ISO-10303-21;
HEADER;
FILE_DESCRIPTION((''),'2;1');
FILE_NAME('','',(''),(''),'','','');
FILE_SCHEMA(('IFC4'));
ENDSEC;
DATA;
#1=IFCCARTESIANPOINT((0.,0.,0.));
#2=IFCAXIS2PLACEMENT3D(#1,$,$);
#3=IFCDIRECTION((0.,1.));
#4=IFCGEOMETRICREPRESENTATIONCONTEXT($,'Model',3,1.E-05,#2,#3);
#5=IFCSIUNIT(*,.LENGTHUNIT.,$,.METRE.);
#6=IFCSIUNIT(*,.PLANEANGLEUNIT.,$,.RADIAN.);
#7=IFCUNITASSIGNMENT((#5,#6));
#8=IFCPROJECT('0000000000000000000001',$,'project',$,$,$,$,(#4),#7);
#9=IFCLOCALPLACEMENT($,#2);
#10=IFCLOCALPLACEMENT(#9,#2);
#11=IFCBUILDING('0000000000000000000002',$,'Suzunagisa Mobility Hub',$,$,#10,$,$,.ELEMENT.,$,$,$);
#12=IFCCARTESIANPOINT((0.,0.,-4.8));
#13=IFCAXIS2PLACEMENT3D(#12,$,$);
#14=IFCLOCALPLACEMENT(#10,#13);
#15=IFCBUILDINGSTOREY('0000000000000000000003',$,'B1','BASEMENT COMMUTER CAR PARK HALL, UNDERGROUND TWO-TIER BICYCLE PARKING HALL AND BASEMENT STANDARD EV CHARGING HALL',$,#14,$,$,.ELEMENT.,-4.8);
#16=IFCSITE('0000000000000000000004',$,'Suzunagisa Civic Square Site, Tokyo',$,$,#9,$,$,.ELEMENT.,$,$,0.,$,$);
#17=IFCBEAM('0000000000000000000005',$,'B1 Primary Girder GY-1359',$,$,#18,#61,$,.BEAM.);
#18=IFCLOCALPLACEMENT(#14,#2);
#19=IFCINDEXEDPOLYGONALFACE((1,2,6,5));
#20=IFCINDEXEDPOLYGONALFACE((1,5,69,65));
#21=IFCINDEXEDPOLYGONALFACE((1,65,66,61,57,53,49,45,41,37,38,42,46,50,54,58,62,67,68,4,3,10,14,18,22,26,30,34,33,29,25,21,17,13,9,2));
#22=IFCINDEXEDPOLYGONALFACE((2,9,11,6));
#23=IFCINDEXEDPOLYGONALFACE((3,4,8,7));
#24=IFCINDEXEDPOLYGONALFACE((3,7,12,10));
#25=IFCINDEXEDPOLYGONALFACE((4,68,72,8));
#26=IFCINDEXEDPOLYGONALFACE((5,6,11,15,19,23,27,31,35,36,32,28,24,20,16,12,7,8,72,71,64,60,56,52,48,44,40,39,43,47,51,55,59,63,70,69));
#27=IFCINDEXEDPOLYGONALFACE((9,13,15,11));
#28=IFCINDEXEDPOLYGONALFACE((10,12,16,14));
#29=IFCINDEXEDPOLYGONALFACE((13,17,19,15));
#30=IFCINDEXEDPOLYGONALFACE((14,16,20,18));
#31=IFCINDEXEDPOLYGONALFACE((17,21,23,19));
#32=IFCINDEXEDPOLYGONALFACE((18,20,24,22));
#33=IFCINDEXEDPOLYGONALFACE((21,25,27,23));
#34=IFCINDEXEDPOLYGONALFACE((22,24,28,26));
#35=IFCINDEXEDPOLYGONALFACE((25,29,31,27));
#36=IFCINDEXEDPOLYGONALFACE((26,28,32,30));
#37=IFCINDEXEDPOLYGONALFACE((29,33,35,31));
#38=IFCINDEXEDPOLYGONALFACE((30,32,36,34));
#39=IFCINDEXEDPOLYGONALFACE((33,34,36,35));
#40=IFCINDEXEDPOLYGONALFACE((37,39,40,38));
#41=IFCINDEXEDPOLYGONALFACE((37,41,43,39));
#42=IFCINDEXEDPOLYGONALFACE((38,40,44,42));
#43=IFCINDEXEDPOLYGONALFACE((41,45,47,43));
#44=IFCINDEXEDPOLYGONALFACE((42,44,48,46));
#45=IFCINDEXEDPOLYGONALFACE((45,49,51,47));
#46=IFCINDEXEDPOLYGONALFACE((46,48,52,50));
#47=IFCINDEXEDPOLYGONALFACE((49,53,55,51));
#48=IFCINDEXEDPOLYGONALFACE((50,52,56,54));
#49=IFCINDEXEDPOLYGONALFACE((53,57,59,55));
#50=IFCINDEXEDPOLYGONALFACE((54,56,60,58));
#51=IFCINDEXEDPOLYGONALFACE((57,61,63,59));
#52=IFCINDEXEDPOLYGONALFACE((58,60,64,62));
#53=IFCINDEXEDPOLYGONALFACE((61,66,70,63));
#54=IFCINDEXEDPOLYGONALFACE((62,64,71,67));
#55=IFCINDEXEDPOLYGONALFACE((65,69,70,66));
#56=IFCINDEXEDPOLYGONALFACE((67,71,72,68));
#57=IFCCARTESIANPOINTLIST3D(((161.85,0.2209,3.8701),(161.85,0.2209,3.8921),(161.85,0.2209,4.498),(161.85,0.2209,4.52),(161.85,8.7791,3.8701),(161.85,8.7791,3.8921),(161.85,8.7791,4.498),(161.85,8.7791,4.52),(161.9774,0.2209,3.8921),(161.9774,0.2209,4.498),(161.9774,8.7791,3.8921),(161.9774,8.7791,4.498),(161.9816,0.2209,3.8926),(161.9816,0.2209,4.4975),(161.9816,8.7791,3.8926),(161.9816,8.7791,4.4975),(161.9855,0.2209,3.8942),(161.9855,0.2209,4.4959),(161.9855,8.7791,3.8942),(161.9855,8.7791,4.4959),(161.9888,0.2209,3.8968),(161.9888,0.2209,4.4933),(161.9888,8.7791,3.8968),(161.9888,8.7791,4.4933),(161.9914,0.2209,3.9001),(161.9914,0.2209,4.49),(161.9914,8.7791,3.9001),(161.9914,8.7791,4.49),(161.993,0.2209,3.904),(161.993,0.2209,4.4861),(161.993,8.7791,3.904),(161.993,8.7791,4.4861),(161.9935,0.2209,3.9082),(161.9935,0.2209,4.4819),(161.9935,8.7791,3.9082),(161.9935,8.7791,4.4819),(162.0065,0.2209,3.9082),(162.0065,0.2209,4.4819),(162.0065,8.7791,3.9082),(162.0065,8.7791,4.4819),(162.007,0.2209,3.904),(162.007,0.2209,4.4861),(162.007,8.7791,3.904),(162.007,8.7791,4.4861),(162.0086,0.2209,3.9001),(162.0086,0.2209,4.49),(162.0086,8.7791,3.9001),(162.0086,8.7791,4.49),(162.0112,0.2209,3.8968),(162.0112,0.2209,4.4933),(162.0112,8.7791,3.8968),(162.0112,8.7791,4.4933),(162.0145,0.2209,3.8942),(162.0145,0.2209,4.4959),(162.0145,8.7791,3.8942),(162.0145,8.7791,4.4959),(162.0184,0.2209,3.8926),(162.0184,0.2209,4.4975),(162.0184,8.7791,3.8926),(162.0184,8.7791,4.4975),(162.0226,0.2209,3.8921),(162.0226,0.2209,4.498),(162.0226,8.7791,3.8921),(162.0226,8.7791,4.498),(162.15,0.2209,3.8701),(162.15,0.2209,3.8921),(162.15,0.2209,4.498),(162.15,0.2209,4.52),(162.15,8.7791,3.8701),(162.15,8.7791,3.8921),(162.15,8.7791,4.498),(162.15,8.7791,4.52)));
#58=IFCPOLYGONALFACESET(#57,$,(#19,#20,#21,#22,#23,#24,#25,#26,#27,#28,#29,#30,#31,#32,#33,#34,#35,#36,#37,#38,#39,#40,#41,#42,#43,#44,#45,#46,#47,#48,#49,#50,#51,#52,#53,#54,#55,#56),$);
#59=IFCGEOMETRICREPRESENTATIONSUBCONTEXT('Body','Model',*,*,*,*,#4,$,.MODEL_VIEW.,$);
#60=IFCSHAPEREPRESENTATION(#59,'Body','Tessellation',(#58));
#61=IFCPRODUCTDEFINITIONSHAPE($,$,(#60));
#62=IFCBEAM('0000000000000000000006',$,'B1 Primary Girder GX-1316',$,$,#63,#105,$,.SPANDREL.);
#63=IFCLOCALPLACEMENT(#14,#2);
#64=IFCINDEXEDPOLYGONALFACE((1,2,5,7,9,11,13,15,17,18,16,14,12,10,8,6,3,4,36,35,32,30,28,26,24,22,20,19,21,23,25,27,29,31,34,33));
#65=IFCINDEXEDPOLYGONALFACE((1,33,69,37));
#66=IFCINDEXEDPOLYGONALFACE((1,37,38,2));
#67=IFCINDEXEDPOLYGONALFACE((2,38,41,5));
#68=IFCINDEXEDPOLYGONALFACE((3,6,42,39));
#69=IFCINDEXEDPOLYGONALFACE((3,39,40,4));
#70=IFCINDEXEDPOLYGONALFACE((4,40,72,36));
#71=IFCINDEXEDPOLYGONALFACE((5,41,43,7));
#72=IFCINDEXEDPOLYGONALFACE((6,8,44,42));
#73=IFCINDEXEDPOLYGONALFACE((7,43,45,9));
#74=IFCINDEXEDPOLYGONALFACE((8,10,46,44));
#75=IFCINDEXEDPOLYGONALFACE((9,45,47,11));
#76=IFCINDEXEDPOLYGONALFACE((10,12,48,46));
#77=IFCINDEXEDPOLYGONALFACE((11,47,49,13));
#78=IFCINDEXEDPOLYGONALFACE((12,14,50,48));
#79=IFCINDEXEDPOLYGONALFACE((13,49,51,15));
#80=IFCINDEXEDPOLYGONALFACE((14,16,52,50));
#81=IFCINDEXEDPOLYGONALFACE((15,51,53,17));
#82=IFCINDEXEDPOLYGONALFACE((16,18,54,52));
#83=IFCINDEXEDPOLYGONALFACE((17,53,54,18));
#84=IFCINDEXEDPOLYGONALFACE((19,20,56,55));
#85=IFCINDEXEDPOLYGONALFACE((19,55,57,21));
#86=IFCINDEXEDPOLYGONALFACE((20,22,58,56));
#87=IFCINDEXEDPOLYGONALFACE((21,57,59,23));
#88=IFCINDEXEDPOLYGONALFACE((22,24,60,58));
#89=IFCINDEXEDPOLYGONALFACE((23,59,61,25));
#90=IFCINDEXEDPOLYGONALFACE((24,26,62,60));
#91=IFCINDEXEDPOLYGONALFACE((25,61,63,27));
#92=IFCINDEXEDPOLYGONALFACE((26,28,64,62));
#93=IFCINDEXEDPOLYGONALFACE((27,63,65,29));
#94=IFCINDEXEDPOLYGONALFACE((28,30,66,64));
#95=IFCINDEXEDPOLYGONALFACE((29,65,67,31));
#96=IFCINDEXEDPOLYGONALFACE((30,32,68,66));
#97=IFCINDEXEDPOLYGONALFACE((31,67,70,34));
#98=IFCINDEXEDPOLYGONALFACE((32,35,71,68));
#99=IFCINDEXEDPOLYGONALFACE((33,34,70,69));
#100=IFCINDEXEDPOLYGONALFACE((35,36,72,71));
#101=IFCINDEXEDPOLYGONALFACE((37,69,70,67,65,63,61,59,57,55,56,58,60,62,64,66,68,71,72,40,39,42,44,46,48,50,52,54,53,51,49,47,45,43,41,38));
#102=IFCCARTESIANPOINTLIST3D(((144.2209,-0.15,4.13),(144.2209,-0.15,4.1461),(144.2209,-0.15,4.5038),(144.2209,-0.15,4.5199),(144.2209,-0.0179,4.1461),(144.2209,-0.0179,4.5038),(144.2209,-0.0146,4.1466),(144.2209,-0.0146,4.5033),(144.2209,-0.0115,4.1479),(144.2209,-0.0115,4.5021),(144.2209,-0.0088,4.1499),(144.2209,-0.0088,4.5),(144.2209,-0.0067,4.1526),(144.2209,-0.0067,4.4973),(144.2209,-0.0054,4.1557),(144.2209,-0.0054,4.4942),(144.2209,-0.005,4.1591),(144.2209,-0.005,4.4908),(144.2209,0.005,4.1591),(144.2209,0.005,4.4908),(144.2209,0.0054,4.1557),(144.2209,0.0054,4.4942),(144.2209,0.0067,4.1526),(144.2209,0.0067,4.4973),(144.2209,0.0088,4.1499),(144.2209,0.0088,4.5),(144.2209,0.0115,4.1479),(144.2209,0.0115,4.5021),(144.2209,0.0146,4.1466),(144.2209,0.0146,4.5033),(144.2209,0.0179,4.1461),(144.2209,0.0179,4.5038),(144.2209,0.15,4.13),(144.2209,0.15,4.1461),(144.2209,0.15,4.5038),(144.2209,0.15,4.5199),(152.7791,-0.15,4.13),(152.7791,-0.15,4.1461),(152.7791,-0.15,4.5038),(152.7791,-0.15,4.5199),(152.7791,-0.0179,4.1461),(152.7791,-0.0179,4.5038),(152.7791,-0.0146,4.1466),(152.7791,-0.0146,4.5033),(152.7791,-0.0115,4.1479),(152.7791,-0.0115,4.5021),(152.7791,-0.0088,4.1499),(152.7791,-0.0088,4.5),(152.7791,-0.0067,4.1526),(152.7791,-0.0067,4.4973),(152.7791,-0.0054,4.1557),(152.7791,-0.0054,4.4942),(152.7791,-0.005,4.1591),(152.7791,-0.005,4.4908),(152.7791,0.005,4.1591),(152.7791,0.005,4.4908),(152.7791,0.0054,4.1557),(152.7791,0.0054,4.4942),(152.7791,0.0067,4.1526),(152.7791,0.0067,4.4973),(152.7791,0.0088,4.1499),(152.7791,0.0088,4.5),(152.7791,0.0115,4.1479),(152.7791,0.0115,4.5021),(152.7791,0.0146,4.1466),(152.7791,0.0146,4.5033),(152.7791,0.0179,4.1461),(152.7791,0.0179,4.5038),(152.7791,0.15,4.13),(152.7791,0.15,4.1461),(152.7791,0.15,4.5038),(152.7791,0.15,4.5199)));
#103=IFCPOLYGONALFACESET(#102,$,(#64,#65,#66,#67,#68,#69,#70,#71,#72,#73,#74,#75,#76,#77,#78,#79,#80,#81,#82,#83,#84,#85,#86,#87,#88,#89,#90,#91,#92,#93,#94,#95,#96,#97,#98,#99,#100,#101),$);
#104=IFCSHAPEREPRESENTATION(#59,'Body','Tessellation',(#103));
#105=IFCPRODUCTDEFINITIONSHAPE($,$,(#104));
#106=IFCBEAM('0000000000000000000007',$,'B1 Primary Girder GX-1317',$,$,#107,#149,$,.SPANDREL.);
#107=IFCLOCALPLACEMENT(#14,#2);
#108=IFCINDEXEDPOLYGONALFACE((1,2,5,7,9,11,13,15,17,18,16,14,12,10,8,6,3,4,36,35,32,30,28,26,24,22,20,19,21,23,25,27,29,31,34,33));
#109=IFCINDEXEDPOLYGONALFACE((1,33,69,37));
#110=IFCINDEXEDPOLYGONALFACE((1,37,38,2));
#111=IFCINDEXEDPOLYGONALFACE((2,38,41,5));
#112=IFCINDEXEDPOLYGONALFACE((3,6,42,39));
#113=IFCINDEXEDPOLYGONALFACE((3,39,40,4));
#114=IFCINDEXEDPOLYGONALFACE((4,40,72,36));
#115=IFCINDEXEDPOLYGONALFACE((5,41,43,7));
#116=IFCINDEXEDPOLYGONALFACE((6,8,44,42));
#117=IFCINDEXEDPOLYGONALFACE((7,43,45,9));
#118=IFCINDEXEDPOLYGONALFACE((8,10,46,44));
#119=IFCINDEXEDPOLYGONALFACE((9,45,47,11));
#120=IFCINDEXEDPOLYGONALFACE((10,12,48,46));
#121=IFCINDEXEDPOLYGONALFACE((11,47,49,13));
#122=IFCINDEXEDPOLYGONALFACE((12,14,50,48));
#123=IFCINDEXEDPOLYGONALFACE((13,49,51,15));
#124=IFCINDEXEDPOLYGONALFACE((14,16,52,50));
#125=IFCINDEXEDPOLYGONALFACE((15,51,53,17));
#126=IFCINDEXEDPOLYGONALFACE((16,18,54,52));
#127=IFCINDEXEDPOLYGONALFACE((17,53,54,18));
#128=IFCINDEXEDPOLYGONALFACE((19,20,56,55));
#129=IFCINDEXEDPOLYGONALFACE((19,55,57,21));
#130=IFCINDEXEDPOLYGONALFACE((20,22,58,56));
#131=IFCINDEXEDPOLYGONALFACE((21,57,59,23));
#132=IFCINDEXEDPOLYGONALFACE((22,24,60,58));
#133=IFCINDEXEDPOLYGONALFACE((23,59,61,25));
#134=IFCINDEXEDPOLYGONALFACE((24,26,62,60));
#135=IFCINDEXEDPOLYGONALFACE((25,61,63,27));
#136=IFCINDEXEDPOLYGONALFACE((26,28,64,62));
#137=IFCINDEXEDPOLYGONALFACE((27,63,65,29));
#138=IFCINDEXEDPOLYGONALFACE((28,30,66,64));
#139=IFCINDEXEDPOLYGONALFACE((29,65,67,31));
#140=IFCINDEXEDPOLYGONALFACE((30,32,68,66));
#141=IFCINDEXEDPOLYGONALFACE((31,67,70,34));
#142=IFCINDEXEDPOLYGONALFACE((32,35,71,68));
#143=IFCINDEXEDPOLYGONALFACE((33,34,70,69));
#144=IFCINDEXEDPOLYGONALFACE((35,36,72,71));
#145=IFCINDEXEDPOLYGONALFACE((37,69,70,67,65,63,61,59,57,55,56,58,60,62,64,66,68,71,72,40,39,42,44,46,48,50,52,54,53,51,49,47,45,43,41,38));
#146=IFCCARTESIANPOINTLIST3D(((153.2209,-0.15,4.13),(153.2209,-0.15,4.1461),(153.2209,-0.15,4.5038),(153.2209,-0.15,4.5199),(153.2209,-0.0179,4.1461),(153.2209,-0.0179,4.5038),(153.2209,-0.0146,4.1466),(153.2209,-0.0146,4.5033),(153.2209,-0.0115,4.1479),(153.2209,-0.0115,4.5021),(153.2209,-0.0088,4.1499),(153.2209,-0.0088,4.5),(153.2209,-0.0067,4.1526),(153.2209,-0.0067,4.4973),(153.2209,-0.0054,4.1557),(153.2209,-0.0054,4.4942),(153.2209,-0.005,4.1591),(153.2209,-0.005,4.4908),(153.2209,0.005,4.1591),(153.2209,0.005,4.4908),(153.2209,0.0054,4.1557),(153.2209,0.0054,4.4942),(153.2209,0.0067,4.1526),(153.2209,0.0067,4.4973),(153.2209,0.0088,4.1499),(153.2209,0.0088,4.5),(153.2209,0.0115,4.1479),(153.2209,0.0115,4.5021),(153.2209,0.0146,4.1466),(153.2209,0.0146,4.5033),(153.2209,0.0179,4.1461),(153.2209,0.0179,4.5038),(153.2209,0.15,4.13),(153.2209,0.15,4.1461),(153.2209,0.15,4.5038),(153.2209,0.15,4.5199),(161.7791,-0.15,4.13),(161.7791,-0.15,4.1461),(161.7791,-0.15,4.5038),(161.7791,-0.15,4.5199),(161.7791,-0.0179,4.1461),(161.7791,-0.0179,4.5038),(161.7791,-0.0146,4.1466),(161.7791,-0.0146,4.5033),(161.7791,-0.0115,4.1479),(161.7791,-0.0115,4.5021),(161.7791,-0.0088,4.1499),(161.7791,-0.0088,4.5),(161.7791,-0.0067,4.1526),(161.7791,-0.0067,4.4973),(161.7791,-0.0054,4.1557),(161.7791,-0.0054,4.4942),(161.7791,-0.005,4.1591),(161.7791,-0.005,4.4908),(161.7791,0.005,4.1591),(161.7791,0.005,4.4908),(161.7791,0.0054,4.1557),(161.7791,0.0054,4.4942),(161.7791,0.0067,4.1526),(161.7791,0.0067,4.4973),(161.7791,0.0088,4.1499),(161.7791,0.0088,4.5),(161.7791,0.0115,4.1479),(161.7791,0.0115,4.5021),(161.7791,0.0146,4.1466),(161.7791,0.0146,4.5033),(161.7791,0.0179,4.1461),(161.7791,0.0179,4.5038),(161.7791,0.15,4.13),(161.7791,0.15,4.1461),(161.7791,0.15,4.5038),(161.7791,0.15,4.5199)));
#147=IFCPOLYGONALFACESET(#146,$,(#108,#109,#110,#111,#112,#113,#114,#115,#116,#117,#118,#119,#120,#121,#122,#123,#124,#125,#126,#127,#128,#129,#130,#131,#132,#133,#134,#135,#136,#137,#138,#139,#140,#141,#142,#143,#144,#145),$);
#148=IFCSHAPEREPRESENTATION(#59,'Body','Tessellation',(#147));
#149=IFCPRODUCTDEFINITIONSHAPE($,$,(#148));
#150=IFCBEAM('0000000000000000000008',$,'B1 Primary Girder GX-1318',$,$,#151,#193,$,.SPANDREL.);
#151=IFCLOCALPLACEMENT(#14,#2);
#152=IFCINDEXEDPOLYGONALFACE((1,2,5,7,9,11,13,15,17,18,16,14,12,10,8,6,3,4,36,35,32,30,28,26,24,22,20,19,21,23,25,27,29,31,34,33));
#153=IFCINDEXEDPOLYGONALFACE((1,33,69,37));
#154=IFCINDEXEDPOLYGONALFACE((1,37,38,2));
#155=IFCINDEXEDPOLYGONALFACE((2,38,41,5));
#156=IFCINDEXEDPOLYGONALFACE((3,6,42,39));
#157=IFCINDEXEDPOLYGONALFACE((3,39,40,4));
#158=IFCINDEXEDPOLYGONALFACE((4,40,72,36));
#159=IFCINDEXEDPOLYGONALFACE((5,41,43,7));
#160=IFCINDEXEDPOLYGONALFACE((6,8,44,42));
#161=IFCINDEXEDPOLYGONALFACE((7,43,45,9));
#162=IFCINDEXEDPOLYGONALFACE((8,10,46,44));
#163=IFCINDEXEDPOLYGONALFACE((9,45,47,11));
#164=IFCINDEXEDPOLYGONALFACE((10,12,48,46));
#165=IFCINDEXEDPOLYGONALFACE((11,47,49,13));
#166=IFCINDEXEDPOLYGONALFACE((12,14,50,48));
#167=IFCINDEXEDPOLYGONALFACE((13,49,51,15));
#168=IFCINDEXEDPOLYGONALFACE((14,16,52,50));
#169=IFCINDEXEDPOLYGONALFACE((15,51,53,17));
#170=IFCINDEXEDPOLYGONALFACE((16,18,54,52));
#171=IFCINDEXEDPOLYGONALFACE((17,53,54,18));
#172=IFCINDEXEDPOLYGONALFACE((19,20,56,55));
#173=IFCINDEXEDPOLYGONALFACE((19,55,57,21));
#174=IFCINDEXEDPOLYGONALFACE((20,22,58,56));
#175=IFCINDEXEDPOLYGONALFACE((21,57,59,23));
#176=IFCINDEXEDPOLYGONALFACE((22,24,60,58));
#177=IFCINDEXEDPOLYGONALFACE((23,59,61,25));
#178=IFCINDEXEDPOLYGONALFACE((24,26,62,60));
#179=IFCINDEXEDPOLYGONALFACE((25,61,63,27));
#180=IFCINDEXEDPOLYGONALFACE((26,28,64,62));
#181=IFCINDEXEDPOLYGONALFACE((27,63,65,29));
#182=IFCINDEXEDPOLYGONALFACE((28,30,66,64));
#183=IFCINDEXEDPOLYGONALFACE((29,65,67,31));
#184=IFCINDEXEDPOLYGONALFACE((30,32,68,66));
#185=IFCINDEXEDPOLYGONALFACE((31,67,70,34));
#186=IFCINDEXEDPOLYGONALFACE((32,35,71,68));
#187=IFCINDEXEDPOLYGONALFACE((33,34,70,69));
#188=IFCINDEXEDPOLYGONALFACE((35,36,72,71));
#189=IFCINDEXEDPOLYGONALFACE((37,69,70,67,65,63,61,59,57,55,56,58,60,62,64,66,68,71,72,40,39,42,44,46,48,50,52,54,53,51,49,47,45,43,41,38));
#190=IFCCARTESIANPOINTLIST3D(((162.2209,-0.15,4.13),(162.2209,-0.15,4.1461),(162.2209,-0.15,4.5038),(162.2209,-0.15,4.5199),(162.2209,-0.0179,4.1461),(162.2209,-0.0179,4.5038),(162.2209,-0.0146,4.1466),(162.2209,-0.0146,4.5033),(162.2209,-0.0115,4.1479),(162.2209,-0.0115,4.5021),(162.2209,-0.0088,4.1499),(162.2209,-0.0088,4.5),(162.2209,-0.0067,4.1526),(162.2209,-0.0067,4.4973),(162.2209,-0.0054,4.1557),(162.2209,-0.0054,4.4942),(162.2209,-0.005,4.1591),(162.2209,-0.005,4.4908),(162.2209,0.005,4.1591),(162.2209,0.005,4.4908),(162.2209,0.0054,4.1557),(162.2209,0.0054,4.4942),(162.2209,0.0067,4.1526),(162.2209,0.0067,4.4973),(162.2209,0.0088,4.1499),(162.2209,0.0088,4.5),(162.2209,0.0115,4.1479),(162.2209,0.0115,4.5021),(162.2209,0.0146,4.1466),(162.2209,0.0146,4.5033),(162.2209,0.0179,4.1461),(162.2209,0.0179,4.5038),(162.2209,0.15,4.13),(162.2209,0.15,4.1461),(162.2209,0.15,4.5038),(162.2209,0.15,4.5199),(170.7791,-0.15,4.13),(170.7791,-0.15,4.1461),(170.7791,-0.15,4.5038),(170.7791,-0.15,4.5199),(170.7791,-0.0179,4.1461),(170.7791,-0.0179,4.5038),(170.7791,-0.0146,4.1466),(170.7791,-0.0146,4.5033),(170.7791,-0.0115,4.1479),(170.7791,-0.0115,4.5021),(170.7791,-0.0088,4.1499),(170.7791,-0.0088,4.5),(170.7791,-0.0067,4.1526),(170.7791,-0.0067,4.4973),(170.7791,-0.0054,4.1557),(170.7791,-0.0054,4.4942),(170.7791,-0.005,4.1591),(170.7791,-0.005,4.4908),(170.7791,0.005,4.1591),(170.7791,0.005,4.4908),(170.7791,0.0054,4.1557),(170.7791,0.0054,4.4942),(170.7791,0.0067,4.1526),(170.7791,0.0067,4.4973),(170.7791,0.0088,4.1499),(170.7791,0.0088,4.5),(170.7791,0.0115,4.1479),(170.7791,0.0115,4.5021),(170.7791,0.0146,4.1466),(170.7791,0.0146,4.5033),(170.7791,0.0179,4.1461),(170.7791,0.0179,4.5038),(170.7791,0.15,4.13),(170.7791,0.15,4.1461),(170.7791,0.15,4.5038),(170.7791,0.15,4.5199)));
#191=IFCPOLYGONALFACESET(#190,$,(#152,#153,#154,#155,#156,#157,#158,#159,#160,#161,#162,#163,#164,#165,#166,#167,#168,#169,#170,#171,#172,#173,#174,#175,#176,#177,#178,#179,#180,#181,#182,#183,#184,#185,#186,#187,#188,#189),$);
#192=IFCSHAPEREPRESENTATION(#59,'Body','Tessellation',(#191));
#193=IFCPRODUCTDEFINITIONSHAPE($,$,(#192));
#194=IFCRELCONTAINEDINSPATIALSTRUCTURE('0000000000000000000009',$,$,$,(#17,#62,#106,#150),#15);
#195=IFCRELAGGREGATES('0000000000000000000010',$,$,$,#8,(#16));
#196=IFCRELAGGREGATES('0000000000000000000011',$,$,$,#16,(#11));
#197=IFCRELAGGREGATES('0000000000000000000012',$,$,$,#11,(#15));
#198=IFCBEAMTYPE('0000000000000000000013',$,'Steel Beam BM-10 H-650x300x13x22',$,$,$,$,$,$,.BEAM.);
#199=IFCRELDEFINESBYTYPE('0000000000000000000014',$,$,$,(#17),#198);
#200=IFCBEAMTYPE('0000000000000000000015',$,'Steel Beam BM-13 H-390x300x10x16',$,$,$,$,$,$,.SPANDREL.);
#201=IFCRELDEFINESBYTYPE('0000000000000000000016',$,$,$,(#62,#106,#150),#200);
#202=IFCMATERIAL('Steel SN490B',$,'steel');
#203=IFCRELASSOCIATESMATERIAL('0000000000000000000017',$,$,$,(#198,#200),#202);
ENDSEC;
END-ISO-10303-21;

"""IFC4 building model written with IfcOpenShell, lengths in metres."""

from ifc_helpers import new_model, si_unit, direction, frame, origin, origin_2d, place, context, subcontext, project, spatial, i_section, extrude, material, material_profile, profile_set, type_object, element, save


model = new_model("IFC4")

# Units and contexts
model_context = context("Model", 3, precision=1e-05, world=origin(), true_north=direction((0.0, 1.0)))
body_context = subcontext(model_context, "Body", "Model", "MODEL_VIEW")
ifc_project = project(units=[si_unit("LENGTHUNIT", "METRE"), si_unit("PLANEANGLEUNIT", "RADIAN")], contexts=[model_context])

# Site, building, storey
site_placement = place(None, origin())
site = spatial("IfcSite", under=ifc_project, at=site_placement, Name="Suzunagisa Civic Square Site, Tokyo", CompositionType="ELEMENT", RefElevation=0.0)
building_placement = place(site_placement, origin())
building = spatial("IfcBuilding", under=site, at=building_placement, Name="Suzunagisa Mobility Hub", CompositionType="ELEMENT")
storey_placement = place(building_placement, frame((0.0, 0.0, -4.8)))
storey = spatial("IfcBuildingStorey", under=building, at=storey_placement, Name="B1", Description="BASEMENT COMMUTER CAR PARK HALL, UNDERGROUND TWO-TIER BICYCLE PARKING HALL AND BASEMENT STANDARD EV CHARGING HALL", CompositionType="ELEMENT", Elevation=-4.8)

# Shared definitions
ifc_material_1 = material(Name="Steel SN490B", Category="steel")

# Beams
ifc_material_profile_1 = material_profile(ifc_material_1, i_section(OverallWidth=0.3, OverallDepth=0.6499, WebThickness=0.0129, FlangeThickness=0.022, FilletRadius=0.0161, at=origin_2d()), Name="H-650x300x13x22")
ifc_profile_set_1 = profile_set([ifc_material_profile_1], Name="Steel SN490B")
beam_type_1 = type_object("IfcBeamType", Name="Steel Beam BM-10 H-650x300x13x22", PredefinedType="BEAM", material=ifc_profile_set_1)
for number, where, z_axis, x_axis, name in (
    (1, (162.0, 0.2209, 4.1951), (0.0, 1.0, 0.0), (-1.0, 0.0, 0.0), "B1 Primary Girder GY-1359"),
):
    element("IfcBeam", number, at=place(storey_placement, frame(where, z_axis=z_axis, x_axis=x_axis)), inside=storey, type_object=beam_type_1, Name=name, PredefinedType="BEAM", context=body_context, shape_type="SweptSolid", body=[
        extrude(i_section(OverallWidth=0.3, OverallDepth=0.6499, WebThickness=0.0129, FlangeThickness=0.022, FilletRadius=0.0161, at=origin_2d()), origin(), (0.0, 0.0, 1.0), 8.5581),
    ])
ifc_material_profile_2 = material_profile(ifc_material_1, i_section(OverallWidth=0.3, OverallDepth=0.3899, WebThickness=0.01, FlangeThickness=0.0161, FilletRadius=0.0129, at=origin_2d()), Name="H-390x300x10x16")
ifc_profile_set_2 = profile_set([ifc_material_profile_2], Name="Steel SN490B")
beam_type_2 = type_object("IfcBeamType", Name="Steel Beam BM-13 H-390x300x10x16", PredefinedType="SPANDREL", material=ifc_profile_set_2)
for number, where, z_axis, x_axis, name in (
    (2, (144.2209, 0.0, 4.325), (1.0, 0.0, 0.0), (0.0, 1.0, 0.0), "B1 Primary Girder GX-1316"),
    (3, (153.2209, 0.0, 4.325), (1.0, 0.0, 0.0), (0.0, 1.0, 0.0), "B1 Primary Girder GX-1317"),
    (4, (162.2209, 0.0, 4.325), (1.0, 0.0, 0.0), (0.0, 1.0, 0.0), "B1 Primary Girder GX-1318"),
):
    element("IfcBeam", number, at=place(storey_placement, frame(where, z_axis=z_axis, x_axis=x_axis)), inside=storey, type_object=beam_type_2, Name=name, PredefinedType="SPANDREL", context=body_context, shape_type="SweptSolid", body=[
        extrude(i_section(OverallWidth=0.3, OverallDepth=0.3899, WebThickness=0.01, FlangeThickness=0.0161, FilletRadius=0.0129, at=origin_2d()), origin(), (0.0, 0.0, 1.0), 8.5581),
    ])

save(model, "model.ifc")
